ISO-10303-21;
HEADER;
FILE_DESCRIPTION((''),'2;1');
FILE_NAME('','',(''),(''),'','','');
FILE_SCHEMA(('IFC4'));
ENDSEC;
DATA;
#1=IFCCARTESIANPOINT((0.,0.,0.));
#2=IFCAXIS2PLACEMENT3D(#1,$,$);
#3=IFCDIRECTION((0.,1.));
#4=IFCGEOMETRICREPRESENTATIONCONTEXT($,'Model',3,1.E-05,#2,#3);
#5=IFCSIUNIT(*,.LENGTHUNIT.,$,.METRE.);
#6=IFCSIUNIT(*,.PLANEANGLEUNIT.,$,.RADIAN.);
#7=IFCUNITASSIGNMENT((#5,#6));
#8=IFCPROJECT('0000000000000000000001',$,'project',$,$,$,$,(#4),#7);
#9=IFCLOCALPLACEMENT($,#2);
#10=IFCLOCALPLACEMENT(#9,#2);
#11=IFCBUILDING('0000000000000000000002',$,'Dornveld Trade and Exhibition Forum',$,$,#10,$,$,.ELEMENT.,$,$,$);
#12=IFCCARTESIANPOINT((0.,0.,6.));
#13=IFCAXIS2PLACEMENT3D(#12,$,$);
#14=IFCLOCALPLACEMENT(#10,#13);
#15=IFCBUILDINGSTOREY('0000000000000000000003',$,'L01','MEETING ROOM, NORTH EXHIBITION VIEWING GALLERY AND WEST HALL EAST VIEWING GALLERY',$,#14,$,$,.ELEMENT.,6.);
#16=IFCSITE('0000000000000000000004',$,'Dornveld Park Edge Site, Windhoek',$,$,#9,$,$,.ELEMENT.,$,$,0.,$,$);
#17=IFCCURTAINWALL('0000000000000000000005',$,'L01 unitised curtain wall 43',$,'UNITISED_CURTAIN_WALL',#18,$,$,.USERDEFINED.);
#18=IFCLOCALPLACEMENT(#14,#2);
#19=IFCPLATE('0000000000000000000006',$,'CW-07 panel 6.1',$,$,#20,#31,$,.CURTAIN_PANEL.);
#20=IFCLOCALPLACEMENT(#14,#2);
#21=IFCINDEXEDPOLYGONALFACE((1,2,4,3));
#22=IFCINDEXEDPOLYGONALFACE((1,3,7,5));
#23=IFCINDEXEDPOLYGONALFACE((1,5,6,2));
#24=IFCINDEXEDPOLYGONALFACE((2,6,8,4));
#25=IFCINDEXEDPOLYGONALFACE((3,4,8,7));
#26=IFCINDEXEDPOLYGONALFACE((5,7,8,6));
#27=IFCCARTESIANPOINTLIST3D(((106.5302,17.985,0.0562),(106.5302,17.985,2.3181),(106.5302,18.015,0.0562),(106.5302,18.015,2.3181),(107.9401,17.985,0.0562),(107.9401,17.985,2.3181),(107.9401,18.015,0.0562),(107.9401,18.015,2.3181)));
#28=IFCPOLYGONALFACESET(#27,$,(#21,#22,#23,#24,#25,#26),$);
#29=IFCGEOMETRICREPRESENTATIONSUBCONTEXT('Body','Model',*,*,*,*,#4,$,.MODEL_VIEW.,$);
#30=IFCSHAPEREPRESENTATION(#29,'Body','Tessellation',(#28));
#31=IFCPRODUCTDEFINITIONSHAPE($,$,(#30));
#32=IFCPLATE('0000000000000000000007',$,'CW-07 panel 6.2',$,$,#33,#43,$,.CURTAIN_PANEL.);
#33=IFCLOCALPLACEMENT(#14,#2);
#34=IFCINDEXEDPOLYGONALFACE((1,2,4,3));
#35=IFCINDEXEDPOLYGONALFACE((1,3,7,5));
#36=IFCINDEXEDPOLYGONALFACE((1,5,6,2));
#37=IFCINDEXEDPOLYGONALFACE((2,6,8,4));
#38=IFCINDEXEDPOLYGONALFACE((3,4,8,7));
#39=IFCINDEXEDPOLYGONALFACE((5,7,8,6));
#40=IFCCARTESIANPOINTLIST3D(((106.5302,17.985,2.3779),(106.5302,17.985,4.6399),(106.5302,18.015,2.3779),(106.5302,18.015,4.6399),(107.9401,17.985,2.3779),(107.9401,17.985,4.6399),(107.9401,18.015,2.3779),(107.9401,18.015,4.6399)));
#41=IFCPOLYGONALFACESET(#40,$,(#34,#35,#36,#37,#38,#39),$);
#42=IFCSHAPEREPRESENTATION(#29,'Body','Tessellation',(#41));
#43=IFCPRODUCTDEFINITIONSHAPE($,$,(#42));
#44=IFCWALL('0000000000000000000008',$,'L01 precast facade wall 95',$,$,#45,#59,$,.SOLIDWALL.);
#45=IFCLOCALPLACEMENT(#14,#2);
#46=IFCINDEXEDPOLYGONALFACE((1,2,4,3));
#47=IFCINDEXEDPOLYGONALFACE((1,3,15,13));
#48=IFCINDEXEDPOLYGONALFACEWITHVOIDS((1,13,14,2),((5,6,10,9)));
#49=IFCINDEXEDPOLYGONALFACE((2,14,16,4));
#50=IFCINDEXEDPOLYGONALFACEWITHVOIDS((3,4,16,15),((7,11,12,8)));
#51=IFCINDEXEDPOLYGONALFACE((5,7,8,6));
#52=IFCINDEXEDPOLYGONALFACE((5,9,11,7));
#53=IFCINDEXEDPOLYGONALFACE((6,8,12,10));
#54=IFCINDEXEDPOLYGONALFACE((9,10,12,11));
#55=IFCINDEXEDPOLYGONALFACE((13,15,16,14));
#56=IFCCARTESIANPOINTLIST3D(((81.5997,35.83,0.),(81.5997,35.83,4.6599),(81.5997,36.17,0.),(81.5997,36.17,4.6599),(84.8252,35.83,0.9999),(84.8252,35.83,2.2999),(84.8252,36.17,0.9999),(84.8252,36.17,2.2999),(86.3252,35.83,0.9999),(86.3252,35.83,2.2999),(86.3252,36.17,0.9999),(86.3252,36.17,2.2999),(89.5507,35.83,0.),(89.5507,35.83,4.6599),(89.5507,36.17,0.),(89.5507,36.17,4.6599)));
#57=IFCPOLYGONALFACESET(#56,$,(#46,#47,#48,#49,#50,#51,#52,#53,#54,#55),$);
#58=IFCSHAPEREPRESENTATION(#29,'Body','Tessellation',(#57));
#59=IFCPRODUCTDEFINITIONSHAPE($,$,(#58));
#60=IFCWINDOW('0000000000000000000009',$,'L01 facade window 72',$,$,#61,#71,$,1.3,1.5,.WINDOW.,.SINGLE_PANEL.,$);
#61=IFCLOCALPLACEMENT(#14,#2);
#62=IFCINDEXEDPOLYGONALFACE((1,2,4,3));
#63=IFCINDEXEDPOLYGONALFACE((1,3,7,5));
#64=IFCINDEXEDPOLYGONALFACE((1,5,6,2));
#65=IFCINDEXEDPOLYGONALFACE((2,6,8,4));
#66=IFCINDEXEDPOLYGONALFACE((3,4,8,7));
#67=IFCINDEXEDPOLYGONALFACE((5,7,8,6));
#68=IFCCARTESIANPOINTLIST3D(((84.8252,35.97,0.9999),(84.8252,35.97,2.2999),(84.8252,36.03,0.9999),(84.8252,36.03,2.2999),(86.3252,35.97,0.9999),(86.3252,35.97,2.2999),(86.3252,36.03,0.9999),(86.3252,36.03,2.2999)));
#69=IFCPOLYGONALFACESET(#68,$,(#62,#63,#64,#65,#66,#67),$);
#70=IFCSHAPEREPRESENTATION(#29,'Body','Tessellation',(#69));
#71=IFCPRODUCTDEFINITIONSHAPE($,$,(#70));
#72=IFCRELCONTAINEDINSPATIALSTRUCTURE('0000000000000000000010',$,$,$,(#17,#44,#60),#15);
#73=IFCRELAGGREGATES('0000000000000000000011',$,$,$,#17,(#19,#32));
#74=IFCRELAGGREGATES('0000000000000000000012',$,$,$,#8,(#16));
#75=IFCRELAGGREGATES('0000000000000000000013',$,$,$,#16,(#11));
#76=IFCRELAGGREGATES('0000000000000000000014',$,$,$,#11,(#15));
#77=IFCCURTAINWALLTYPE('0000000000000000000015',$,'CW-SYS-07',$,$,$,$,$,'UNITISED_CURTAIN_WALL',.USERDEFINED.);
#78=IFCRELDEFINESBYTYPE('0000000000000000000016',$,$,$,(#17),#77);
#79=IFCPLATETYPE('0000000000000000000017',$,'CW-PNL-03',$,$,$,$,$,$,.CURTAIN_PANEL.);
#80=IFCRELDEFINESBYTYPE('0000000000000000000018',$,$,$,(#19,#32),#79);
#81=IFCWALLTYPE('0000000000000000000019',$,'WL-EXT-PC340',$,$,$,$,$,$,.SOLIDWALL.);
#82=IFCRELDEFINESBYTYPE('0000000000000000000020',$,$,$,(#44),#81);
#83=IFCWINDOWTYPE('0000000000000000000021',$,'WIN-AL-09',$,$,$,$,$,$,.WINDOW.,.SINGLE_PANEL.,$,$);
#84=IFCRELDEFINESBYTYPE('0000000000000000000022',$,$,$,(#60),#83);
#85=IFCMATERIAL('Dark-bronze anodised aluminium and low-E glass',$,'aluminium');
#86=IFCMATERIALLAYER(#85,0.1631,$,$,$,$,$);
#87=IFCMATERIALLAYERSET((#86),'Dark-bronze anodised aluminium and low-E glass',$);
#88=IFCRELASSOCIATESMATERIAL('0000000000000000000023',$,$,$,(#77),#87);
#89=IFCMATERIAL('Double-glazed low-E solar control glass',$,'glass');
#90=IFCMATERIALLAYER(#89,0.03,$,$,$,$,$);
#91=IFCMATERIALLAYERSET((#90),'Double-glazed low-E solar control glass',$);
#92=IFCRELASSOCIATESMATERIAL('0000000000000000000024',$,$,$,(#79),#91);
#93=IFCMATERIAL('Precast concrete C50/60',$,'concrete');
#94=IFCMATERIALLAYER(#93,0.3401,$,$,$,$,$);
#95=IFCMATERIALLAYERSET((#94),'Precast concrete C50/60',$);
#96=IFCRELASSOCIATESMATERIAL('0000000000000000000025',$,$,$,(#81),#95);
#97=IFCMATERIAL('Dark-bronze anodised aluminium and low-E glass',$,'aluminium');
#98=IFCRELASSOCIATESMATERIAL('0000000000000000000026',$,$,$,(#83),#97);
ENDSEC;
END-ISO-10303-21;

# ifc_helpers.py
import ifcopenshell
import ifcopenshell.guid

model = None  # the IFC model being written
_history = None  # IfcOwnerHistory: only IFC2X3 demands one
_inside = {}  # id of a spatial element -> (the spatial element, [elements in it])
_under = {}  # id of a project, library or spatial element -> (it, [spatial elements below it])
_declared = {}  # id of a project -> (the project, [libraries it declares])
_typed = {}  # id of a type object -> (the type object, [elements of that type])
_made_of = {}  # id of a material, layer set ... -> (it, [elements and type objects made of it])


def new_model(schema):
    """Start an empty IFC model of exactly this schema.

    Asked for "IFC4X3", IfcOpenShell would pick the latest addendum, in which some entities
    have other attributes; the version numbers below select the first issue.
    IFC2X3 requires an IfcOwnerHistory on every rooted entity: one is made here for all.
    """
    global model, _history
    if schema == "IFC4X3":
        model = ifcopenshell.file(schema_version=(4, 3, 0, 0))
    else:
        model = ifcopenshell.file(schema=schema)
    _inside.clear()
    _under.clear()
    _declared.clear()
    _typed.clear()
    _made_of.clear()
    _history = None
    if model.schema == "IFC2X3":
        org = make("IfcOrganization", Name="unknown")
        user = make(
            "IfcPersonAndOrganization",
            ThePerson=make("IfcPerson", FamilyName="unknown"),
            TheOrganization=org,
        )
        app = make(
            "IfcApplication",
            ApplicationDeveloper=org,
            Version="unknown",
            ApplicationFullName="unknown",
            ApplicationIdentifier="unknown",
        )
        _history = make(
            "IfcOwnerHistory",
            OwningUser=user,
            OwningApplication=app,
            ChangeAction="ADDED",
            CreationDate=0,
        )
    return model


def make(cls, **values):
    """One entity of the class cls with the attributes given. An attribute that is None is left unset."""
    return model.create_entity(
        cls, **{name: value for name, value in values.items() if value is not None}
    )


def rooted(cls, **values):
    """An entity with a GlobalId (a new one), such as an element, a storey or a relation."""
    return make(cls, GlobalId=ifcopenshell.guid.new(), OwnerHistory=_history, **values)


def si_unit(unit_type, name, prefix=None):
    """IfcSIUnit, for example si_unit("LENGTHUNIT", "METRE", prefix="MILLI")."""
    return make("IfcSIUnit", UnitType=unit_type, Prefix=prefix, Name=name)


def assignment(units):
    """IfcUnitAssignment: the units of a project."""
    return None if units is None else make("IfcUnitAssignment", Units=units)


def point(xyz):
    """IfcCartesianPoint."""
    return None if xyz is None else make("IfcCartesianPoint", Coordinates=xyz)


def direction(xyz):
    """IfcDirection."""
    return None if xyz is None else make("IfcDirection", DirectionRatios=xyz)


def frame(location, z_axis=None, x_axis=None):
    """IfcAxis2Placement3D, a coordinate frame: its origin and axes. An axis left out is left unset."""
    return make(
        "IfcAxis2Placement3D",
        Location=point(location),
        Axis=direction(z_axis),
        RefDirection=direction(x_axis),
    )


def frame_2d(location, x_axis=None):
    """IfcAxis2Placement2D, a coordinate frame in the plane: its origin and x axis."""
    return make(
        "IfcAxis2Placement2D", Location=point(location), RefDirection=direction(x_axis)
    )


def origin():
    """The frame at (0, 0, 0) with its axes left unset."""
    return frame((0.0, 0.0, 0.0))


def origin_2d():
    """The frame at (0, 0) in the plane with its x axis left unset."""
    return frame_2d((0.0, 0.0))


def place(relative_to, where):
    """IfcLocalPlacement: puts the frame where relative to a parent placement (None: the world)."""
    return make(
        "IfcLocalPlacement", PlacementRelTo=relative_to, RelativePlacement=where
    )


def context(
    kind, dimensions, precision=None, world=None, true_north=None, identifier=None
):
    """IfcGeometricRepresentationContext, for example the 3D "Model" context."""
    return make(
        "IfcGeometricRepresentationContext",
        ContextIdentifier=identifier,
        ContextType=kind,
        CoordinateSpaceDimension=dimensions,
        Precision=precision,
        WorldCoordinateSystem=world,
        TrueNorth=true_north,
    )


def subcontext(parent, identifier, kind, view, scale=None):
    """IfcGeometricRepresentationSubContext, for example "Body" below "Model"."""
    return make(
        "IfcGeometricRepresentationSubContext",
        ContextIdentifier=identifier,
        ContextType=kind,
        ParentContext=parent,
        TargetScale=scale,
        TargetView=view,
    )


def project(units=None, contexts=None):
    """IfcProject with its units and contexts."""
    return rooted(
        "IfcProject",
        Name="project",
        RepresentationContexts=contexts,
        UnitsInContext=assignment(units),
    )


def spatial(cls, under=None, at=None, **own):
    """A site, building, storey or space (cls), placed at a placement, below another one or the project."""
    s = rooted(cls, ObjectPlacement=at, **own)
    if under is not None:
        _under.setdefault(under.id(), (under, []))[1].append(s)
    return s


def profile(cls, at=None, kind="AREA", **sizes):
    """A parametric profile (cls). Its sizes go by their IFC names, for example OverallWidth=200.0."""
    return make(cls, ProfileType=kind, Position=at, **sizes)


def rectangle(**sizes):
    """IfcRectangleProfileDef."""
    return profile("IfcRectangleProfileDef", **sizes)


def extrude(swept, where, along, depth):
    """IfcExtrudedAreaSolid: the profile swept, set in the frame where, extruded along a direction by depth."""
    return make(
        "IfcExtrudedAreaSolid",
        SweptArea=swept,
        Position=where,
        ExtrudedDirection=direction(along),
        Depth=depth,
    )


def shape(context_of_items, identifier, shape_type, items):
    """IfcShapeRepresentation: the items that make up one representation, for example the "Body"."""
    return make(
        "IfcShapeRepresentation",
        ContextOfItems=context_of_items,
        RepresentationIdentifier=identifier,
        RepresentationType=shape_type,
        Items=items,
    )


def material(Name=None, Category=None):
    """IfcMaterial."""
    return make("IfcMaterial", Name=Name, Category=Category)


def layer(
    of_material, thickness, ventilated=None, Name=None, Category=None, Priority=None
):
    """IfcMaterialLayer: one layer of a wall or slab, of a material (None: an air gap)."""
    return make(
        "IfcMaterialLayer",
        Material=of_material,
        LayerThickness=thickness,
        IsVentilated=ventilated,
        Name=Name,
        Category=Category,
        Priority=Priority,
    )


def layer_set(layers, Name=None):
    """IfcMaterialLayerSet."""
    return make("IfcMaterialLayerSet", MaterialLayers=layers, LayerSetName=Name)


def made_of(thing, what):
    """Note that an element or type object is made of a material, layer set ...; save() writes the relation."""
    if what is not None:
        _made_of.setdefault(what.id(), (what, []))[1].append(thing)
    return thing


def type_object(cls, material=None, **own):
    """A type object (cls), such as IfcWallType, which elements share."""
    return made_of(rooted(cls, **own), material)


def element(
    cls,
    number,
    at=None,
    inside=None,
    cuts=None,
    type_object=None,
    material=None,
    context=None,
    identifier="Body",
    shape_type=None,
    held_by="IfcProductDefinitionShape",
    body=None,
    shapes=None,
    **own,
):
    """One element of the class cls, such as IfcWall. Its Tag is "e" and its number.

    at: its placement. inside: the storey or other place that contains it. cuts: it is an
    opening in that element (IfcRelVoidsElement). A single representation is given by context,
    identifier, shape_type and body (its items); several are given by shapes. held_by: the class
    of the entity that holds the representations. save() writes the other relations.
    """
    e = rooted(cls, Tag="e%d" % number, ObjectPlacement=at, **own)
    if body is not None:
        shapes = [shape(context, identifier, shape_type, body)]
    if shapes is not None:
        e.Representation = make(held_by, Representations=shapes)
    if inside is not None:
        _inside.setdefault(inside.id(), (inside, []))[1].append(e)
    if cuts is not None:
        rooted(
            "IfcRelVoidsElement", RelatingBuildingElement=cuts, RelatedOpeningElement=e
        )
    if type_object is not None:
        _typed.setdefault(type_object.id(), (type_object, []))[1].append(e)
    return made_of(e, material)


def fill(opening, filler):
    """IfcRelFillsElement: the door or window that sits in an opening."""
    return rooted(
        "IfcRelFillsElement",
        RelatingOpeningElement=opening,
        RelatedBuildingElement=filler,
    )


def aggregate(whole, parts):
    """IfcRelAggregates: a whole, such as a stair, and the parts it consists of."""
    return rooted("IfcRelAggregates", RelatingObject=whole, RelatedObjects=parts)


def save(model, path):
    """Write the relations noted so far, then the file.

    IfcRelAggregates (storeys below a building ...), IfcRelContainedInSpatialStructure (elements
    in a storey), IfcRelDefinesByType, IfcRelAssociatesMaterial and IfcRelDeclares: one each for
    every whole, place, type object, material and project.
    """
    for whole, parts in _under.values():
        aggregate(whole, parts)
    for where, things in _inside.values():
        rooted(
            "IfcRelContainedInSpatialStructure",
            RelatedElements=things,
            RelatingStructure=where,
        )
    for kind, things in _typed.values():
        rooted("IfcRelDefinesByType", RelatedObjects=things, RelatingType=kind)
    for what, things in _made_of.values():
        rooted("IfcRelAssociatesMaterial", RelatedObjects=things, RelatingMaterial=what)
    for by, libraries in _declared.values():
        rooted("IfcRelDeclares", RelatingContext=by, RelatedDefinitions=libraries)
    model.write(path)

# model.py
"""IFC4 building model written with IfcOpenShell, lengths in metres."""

from ifc_helpers import new_model, si_unit, direction, frame, frame_2d, origin, origin_2d, place, context, subcontext, project, spatial, rectangle, extrude, material, layer, layer_set, type_object, element, fill, aggregate, save


model = new_model("IFC4")

# Units and contexts
model_context = context("Model", 3, precision=1e-05, world=origin(), true_north=direction((0.0, 1.0)))
body_context = subcontext(model_context, "Body", "Model", "MODEL_VIEW")
ifc_project = project(units=[si_unit("LENGTHUNIT", "METRE"), si_unit("PLANEANGLEUNIT", "RADIAN")], contexts=[model_context])

# Site, building, storey
site_placement = place(None, origin())
site = spatial("IfcSite", under=ifc_project, at=site_placement, Name="Dornveld Park Edge Site, Windhoek", CompositionType="ELEMENT", RefElevation=0.0)
building_placement = place(site_placement, origin())
building = spatial("IfcBuilding", under=site, at=building_placement, Name="Dornveld Trade and Exhibition Forum", CompositionType="ELEMENT")
storey_placement = place(building_placement, frame((0.0, 0.0, 6.0)))
storey = spatial("IfcBuildingStorey", under=building, at=storey_placement, Name="L01", Description="MEETING ROOM, NORTH EXHIBITION VIEWING GALLERY AND WEST HALL EAST VIEWING GALLERY", CompositionType="ELEMENT", Elevation=6.0)

# Curtain wall, plates
ifc_material_1 = material(Name="Dark-bronze anodised aluminium and low-E glass", Category="aluminium")
ifc_layer_1 = layer(ifc_material_1, 0.1631)
ifc_layer_set_1 = layer_set([ifc_layer_1], Name="Dark-bronze anodised aluminium and low-E glass")
curtain_wall_type = type_object("IfcCurtainWallType", Name="CW-SYS-07", ElementType="UNITISED_CURTAIN_WALL", PredefinedType="USERDEFINED", material=ifc_layer_set_1)
curtain_wall_placement = place(storey_placement, origin())
curtain_wall = element("IfcCurtainWall", 1, at=curtain_wall_placement, inside=storey, type_object=curtain_wall_type, Name="L01 unitised curtain wall 43", ObjectType="UNITISED_CURTAIN_WALL", PredefinedType="USERDEFINED")
ifc_material_2 = material(Name="Double-glazed low-E solar control glass", Category="glass")
ifc_layer_2 = layer(ifc_material_2, 0.03)
ifc_layer_set_2 = layer_set([ifc_layer_2], Name="Double-glazed low-E solar control glass")
plate_type = type_object("IfcPlateType", Name="CW-PNL-03", PredefinedType="CURTAIN_PANEL", material=ifc_layer_set_2)
plate_1_placement = place(storey_placement, frame((107.2351, 18.0, 0.0562), z_axis=(0.0, 0.0, 1.0), x_axis=(1.0, 0.0, 0.0)))
plate_1 = element("IfcPlate", 2, at=plate_1_placement, type_object=plate_type, Name="CW-07 panel 6.1", PredefinedType="CURTAIN_PANEL", context=body_context, shape_type="SweptSolid", body=[
    extrude(rectangle(XDim=1.4099, YDim=0.03, at=origin_2d()), origin(), (0.0, 0.0, 1.0), 2.262),
])
plate_2_placement = place(storey_placement, frame((107.2351, 18.0, 2.3779), z_axis=(0.0, 0.0, 1.0), x_axis=(1.0, 0.0, 0.0)))
plate_2 = element("IfcPlate", 3, at=plate_2_placement, type_object=plate_type, Name="CW-07 panel 6.2", PredefinedType="CURTAIN_PANEL", context=body_context, shape_type="SweptSolid", body=[
    extrude(rectangle(XDim=1.4099, YDim=0.03, at=origin_2d()), origin(), (0.0, 0.0, 1.0), 2.262),
])
aggregate(curtain_wall, [plate_1, plate_2])

# Wall, opening, window
ifc_material_3 = material(Name="Precast concrete C50/60", Category="concrete")
ifc_layer_3 = layer(ifc_material_3, 0.3401)
ifc_layer_set_3 = layer_set([ifc_layer_3], Name="Precast concrete C50/60")
wall_type = type_object("IfcWallType", Name="WL-EXT-PC340", PredefinedType="SOLIDWALL", material=ifc_layer_set_3)
wall_placement = place(storey_placement, frame((81.5996, 36.0, 0.0), z_axis=(0.0, 0.0, 1.0), x_axis=(1.0, 0.0, 0.0)))
wall = element("IfcWall", 4, at=wall_placement, inside=storey, type_object=wall_type, Name="L01 precast facade wall 95", PredefinedType="SOLIDWALL", context=body_context, shape_type="SweptSolid", body=[
    extrude(rectangle(XDim=7.9509, YDim=0.3401, at=frame_2d((3.9756, 0.0))), origin(), (0.0, 0.0, 1.0), 4.6599),
])
opening_placement = place(wall_placement, frame((3.2256, 0.0, 1.0)))
opening = element("IfcOpeningElement", 5, at=opening_placement, cuts=wall, PredefinedType="OPENING", context=body_context, shape_type="SweptSolid", body=[
    extrude(rectangle(XDim=1.5, YDim=1.3, at=frame_2d((0.75, 0.6499))), frame((0.0, 0.1799, 0.0), z_axis=(0.0, -1.0, 0.0), x_axis=(1.0, 0.0, 0.0)), (0.0, 0.0, 1.0), 0.3601),
])
ifc_material_4 = material(Name="Dark-bronze anodised aluminium and low-E glass", Category="aluminium")
window_type = type_object("IfcWindowType", Name="WIN-AL-09", PartitioningType="SINGLE_PANEL", PredefinedType="WINDOW", material=ifc_material_4)
window_placement = place(opening_placement, origin())
window = element("IfcWindow", 6, at=window_placement, inside=storey, type_object=window_type, Name="L01 facade window 72", OverallHeight=1.3, OverallWidth=1.5, PartitioningType="SINGLE_PANEL", PredefinedType="WINDOW", context=body_context, shape_type="SweptSolid", body=[
    extrude(rectangle(XDim=1.5, YDim=1.3, at=frame_2d((0.75, 0.6499))), frame((0.0, 0.03, 0.0), z_axis=(0.0, -1.0, 0.0), x_axis=(1.0, 0.0, 0.0)), (0.0, 0.0, 1.0), 0.0601),
])
fill(opening, window)

save(model, "model.ifc")
